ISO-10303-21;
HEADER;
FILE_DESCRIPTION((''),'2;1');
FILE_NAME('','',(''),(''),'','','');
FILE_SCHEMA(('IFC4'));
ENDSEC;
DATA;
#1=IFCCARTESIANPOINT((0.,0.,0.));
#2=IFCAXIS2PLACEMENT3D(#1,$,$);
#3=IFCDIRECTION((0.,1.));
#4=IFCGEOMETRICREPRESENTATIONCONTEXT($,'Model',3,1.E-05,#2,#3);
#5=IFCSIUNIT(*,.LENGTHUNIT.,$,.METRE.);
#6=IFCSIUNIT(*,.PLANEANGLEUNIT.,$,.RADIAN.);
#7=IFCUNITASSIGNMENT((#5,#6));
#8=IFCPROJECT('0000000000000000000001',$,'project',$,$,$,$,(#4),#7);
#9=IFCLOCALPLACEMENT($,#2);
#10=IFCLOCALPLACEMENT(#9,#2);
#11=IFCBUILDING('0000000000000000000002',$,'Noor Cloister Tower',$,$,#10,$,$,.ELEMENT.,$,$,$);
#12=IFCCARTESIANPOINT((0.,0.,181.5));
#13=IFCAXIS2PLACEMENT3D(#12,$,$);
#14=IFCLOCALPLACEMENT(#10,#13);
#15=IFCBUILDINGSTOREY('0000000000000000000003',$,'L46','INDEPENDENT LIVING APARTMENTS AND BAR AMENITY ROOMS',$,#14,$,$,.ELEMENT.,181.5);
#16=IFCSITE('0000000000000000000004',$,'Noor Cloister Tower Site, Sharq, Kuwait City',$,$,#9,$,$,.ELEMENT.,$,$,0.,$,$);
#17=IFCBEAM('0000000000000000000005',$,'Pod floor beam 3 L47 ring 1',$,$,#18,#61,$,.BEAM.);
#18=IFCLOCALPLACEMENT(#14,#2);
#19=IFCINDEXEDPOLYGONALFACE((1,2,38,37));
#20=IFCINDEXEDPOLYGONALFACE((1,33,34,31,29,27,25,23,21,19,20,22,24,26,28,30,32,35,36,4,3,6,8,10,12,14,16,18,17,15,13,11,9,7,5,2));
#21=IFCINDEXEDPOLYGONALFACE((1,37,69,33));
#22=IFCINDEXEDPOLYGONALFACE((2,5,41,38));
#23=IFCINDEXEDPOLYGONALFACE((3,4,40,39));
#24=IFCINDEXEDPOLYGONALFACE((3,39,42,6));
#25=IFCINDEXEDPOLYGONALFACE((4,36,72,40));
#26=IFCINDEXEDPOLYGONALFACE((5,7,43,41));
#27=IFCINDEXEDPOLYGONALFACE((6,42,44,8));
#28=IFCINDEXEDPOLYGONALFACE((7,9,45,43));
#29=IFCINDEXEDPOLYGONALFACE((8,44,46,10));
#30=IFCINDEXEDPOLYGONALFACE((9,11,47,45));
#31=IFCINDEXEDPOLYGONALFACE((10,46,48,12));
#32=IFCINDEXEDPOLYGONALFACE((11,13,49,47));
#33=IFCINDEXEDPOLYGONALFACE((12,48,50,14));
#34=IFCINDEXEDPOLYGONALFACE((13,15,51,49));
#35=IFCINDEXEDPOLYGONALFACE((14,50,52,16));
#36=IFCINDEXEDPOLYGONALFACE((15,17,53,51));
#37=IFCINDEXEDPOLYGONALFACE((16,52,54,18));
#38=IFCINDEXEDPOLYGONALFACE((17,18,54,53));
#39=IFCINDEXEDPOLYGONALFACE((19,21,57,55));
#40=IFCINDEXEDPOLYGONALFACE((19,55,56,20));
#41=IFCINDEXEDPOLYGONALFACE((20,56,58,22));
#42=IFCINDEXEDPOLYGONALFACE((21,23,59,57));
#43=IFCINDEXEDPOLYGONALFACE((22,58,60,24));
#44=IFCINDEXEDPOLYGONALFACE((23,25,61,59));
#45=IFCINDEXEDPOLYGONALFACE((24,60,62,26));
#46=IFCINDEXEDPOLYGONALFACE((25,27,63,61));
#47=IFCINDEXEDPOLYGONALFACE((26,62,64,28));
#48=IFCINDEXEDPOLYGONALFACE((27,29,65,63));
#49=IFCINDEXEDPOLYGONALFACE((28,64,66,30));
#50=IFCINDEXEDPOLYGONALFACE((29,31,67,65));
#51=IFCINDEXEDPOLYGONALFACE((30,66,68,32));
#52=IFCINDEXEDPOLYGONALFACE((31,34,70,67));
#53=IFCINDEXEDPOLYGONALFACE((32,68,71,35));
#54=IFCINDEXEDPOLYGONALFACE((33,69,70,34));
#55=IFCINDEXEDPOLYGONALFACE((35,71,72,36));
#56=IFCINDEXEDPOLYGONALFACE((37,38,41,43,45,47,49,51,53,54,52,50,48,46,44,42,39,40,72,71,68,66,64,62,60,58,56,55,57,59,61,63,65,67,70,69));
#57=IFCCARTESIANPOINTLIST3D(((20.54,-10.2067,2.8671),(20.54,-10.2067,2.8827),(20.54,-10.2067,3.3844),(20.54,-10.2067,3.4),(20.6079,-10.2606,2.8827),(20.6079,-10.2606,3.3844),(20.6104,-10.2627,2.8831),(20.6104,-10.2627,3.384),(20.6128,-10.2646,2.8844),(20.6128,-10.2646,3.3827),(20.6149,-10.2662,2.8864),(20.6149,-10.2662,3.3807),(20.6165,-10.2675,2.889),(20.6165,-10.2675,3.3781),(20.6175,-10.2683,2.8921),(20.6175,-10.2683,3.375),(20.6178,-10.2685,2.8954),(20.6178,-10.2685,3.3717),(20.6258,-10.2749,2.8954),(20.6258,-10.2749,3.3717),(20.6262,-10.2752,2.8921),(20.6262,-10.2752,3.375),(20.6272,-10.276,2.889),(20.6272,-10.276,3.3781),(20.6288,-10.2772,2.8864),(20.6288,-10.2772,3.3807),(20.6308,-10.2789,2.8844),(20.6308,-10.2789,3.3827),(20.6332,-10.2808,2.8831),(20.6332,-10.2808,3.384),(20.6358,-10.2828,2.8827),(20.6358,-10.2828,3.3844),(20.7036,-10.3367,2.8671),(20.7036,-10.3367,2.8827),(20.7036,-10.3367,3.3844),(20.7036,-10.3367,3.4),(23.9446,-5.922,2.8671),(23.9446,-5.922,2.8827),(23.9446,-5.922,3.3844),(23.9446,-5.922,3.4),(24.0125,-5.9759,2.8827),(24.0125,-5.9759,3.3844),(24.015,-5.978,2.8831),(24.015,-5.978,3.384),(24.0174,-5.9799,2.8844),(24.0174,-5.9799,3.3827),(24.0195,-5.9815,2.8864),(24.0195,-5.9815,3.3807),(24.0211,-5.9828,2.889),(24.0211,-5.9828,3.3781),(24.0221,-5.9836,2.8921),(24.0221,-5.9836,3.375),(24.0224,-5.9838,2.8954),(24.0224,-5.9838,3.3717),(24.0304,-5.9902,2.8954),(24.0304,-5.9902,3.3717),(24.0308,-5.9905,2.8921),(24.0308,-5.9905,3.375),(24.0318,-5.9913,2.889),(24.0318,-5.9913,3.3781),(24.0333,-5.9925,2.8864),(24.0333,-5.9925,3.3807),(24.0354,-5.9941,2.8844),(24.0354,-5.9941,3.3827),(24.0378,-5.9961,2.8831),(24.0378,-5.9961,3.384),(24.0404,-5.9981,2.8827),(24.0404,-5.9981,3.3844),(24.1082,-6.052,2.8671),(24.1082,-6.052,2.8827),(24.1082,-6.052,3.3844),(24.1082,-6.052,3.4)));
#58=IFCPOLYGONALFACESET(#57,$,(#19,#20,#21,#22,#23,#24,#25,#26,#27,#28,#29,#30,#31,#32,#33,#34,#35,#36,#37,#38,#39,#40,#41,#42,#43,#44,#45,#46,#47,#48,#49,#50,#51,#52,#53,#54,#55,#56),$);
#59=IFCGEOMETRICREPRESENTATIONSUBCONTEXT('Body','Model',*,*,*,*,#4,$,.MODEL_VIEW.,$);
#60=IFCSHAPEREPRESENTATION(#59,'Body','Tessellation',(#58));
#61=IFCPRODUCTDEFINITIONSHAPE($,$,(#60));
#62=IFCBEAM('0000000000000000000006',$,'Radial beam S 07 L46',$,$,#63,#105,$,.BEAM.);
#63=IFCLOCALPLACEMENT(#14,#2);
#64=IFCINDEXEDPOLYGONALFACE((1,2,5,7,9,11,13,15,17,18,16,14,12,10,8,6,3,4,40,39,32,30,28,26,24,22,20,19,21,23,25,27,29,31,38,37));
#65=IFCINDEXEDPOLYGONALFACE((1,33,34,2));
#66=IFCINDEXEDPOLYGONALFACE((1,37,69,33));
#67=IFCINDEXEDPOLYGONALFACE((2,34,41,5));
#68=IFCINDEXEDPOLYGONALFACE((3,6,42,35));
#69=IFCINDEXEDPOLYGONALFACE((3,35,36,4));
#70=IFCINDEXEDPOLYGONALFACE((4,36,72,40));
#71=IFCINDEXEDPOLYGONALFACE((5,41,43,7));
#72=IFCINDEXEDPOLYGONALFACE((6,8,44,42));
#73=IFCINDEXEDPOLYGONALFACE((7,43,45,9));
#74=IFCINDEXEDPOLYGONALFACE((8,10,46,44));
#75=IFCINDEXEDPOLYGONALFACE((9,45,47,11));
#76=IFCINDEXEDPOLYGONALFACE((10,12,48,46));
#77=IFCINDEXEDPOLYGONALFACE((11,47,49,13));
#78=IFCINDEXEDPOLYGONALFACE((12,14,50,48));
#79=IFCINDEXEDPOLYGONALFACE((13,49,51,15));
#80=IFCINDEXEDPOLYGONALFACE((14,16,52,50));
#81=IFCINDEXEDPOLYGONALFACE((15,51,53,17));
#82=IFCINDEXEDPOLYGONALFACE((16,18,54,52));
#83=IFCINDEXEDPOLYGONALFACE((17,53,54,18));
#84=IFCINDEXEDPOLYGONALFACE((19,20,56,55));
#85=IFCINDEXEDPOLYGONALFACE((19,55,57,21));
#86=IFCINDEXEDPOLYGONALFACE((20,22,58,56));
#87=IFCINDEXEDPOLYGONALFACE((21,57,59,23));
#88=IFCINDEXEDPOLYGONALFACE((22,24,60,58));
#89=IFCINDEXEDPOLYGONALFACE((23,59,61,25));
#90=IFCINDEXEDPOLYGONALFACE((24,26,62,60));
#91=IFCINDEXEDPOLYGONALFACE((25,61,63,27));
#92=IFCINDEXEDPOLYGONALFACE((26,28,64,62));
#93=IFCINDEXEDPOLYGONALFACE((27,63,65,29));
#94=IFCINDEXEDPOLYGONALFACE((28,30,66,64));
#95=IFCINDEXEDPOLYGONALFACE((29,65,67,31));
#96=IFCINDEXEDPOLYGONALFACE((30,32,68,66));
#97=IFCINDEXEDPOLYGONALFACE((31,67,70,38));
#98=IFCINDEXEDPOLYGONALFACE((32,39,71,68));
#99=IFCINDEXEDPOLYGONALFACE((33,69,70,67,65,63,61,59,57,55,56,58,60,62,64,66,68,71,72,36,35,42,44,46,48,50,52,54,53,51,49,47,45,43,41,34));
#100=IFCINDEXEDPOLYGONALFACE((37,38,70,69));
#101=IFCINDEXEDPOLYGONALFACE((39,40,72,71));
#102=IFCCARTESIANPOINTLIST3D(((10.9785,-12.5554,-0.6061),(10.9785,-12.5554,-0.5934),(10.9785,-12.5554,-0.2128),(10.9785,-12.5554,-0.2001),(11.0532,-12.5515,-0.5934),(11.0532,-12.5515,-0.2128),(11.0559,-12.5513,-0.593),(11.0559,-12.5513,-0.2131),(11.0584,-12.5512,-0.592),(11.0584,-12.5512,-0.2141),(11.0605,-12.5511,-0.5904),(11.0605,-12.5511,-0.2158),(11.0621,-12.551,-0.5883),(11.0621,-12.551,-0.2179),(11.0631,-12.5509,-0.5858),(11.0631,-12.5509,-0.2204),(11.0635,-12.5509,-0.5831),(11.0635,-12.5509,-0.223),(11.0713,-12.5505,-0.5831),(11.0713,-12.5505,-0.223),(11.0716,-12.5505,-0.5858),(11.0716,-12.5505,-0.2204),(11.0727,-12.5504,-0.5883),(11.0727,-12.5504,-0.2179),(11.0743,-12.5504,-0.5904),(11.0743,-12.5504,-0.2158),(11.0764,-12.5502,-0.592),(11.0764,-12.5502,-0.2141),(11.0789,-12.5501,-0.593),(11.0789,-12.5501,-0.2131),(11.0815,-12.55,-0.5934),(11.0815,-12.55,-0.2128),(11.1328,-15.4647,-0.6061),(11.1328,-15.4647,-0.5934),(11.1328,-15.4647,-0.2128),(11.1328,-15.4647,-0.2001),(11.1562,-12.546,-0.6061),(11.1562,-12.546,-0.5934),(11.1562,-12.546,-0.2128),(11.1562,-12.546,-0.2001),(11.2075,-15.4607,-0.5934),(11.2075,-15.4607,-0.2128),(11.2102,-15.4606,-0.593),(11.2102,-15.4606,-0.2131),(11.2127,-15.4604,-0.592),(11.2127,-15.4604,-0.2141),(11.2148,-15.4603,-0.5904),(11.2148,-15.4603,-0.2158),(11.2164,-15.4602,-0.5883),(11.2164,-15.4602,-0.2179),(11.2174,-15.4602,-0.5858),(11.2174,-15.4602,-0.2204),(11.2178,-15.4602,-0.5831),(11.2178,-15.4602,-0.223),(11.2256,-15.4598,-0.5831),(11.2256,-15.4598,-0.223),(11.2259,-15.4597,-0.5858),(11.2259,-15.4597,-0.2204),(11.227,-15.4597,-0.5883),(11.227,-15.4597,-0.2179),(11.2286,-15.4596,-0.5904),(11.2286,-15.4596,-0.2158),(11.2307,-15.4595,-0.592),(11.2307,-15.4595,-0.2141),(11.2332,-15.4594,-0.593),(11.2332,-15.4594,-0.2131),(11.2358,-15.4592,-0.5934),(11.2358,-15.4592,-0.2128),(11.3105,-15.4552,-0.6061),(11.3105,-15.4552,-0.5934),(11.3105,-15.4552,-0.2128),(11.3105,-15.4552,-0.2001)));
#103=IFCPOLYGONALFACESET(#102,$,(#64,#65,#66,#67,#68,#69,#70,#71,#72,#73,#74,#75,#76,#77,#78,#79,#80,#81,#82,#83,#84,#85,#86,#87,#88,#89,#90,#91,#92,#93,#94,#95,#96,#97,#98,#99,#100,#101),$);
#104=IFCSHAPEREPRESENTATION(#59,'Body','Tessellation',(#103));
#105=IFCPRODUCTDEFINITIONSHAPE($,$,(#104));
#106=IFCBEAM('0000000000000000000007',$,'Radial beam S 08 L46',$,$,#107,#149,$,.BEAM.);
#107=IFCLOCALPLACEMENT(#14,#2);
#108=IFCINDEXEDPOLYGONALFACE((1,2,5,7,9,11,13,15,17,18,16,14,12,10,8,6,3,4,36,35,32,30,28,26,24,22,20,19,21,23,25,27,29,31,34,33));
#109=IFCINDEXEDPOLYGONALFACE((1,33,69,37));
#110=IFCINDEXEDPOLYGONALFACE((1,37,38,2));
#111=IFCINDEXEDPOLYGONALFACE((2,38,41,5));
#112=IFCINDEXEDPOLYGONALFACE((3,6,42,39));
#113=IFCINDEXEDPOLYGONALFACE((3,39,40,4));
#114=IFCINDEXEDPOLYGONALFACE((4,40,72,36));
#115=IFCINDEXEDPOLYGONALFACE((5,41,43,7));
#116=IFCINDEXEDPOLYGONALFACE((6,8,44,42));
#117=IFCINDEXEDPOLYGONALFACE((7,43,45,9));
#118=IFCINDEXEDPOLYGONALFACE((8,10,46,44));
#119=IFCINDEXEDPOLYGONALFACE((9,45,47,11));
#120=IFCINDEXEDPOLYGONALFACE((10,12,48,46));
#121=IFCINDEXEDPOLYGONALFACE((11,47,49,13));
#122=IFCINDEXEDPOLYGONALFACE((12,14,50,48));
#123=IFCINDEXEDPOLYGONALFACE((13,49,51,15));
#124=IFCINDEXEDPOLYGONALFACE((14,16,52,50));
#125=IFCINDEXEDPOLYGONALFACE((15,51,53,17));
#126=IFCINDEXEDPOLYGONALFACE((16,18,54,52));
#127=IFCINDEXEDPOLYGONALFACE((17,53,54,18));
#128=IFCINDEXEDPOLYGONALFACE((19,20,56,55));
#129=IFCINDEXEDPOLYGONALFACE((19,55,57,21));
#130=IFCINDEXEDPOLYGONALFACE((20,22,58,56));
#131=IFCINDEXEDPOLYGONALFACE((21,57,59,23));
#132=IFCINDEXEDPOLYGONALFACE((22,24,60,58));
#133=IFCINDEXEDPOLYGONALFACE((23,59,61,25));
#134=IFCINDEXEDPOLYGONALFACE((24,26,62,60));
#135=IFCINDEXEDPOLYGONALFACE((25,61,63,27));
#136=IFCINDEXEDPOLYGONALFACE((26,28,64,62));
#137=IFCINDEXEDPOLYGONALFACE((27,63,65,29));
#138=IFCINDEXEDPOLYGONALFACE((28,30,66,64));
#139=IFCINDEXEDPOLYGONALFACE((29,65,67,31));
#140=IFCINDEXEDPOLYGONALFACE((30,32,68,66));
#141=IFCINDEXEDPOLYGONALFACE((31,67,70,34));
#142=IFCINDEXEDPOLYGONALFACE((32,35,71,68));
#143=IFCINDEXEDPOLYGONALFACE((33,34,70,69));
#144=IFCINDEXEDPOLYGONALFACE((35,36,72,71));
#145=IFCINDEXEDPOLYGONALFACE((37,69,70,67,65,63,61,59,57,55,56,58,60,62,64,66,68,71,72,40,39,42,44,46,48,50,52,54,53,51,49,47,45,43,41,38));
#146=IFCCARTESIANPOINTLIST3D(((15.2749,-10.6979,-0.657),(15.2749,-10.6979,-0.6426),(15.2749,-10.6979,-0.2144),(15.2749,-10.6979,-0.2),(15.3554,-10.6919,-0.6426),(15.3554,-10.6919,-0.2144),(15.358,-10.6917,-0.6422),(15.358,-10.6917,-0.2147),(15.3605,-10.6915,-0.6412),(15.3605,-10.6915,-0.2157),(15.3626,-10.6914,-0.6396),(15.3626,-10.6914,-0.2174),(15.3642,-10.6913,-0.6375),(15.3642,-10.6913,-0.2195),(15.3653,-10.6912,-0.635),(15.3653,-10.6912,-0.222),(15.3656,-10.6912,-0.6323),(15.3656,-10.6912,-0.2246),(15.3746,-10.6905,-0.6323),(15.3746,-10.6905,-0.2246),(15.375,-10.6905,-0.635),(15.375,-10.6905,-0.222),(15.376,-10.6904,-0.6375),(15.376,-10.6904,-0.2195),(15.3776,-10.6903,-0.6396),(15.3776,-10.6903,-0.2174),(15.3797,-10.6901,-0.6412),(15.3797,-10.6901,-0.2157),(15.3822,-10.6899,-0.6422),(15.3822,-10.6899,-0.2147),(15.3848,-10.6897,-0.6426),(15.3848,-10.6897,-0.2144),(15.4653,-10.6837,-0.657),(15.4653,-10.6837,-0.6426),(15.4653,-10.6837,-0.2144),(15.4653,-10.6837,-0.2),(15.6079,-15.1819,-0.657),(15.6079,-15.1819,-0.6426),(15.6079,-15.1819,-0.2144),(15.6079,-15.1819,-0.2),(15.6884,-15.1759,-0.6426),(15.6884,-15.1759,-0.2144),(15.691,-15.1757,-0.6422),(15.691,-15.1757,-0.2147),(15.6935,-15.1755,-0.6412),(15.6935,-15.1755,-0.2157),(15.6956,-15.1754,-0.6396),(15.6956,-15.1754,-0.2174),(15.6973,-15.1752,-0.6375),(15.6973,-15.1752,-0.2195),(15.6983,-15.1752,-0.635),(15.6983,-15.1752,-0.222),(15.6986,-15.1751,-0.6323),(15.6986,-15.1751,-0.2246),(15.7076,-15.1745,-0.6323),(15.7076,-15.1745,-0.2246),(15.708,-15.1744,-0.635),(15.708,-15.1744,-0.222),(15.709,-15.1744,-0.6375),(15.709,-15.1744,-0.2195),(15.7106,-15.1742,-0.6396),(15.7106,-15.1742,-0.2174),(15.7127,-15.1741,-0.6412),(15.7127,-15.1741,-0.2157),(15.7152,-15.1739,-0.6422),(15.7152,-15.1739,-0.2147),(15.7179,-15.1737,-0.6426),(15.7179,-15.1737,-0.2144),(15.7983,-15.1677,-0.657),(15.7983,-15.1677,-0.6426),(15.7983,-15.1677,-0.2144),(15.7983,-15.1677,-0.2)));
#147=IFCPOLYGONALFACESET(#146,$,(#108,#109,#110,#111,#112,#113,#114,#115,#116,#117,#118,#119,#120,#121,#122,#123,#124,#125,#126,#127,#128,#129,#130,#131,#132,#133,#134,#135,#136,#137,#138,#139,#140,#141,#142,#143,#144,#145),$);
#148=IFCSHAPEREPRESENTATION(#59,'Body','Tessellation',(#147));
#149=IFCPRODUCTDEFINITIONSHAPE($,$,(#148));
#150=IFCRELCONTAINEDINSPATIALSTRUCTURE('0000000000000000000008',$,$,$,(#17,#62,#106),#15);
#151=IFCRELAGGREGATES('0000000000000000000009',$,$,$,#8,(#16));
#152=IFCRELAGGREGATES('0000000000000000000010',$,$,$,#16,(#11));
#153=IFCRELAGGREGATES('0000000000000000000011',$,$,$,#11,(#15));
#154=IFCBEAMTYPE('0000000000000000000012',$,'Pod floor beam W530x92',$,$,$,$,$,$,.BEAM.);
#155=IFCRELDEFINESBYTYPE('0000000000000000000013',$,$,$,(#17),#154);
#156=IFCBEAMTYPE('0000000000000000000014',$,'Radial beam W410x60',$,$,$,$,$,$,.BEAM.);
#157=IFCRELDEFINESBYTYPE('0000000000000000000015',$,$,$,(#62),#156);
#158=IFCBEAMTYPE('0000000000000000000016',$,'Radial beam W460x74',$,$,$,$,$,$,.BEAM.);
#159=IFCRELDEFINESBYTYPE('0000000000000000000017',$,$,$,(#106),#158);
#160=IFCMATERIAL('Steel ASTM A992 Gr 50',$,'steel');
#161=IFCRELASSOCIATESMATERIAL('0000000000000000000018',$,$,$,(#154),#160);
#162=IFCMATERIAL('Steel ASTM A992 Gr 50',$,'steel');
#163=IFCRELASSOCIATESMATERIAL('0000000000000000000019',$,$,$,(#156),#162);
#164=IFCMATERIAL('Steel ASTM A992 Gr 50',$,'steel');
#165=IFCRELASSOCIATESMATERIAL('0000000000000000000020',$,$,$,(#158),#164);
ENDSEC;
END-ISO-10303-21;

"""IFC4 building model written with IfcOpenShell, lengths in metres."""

from ifc_helpers import new_model, si_unit, direction, frame, origin, origin_2d, place, context, subcontext, project, spatial, i_section, extrude, material, material_profile, profile_set, type_object, element, save


model = new_model("IFC4")

# Units and contexts
model_context = context("Model", 3, precision=1e-05, world=origin(), true_north=direction((0.0, 1.0)))
body_context = subcontext(model_context, "Body", "Model", "MODEL_VIEW")
ifc_project = project(units=[si_unit("LENGTHUNIT", "METRE"), si_unit("PLANEANGLEUNIT", "RADIAN")], contexts=[model_context])

# Site, building, storey
site_placement = place(None, origin())
site = spatial("IfcSite", under=ifc_project, at=site_placement, Name="Noor Cloister Tower Site, Sharq, Kuwait City", CompositionType="ELEMENT", RefElevation=0.0)
building_placement = place(site_placement, origin())
building = spatial("IfcBuilding", under=site, at=building_placement, Name="Noor Cloister Tower", CompositionType="ELEMENT")
storey_placement = place(building_placement, frame((0.0, 0.0, 181.5)))
storey = spatial("IfcBuildingStorey", under=building, at=storey_placement, Name="L46", Description="INDEPENDENT LIVING APARTMENTS AND BAR AMENITY ROOMS", CompositionType="ELEMENT", Elevation=181.5)

# Beams
ifc_material_1 = material(Name="Steel ASTM A992 Gr 50", Category="steel")
ifc_material_profile_1 = material_profile(ifc_material_1, i_section(OverallWidth=0.209, OverallDepth=0.533, WebThickness=0.0103, FlangeThickness=0.0156, FilletRadius=0.0127, at=origin_2d()), Name="W530x92")
ifc_profile_set_1 = profile_set([ifc_material_profile_1], Name="Steel ASTM A992 Gr 50")
beam_type_1 = type_object("IfcBeamType", Name="Pod floor beam W530x92", PredefinedType="BEAM", material=ifc_profile_set_1)
for number, where, z_axis, x_axis, name in (
    (1, (20.6218, -10.2717, 3.1335), (0.622107, 0.782932, 0.0), (-0.782932, 0.622107, 0.0), "Pod floor beam 3 L47 ring 1"),
):
    element("IfcBeam", number, at=place(storey_placement, frame(where, z_axis=z_axis, x_axis=x_axis)), inside=storey, type_object=beam_type_1, Name=name, PredefinedType="BEAM", context=body_context, shape_type="SweptSolid", body=[
        extrude(i_section(OverallWidth=0.209, OverallDepth=0.533, WebThickness=0.0103, FlangeThickness=0.0156, FilletRadius=0.0127, at=origin_2d()), origin(), (0.0, 0.0, 1.0), 5.4727),
    ])
ifc_material_2 = material(Name="Steel ASTM A992 Gr 50", Category="steel")
ifc_material_profile_2 = material_profile(ifc_material_2, i_section(OverallWidth=0.178, OverallDepth=0.406, WebThickness=0.0078, FlangeThickness=0.0127, FilletRadius=0.0103, at=origin_2d()), Name="W410x60")
ifc_profile_set_2 = profile_set([ifc_material_profile_2], Name="Steel ASTM A992 Gr 50")
beam_type_2 = type_object("IfcBeamType", Name="Radial beam W410x60", PredefinedType="BEAM", material=ifc_profile_set_2)
beam_1_placement = place(storey_placement, frame((11.2217, -15.46, -0.4031), z_axis=(-0.052963, 0.998596, 0.0), x_axis=(-0.998596, -0.052963, 0.0)))
element("IfcBeam", 2, at=beam_1_placement, inside=storey, type_object=beam_type_2, Name="Radial beam S 07 L46", PredefinedType="BEAM", context=body_context, shape_type="SweptSolid", body=[
    extrude(i_section(OverallWidth=0.178, OverallDepth=0.406, WebThickness=0.0078, FlangeThickness=0.0127, FilletRadius=0.0103, at=origin_2d()), origin(), (0.0, 0.0, 1.0), 2.9133),
])
ifc_material_3 = material(Name="Steel ASTM A992 Gr 50", Category="steel")
ifc_material_profile_3 = material_profile(ifc_material_3, i_section(OverallWidth=0.1909, OverallDepth=0.457, WebThickness=0.009, FlangeThickness=0.0144, FilletRadius=0.0103, at=origin_2d()), Name="W460x74")
ifc_profile_set_3 = profile_set([ifc_material_profile_3], Name="Steel ASTM A992 Gr 50")
beam_type_3 = type_object("IfcBeamType", Name="Radial beam W460x74", PredefinedType="BEAM", material=ifc_profile_set_3)
beam_2_placement = place(storey_placement, frame((15.7031, -15.1748, -0.4285), z_axis=(-0.074064, 0.997254, 0.0), x_axis=(-0.997254, -0.074064, 0.0)))
element("IfcBeam", 3, at=beam_2_placement, inside=storey, type_object=beam_type_3, Name="Radial beam S 08 L46", PredefinedType="BEAM", context=body_context, shape_type="SweptSolid", body=[
    extrude(i_section(OverallWidth=0.1909, OverallDepth=0.457, WebThickness=0.009, FlangeThickness=0.0144, FilletRadius=0.0103, at=origin_2d()), origin(), (0.0, 0.0, 1.0), 4.4963),
])

save(model, "model.ifc")
